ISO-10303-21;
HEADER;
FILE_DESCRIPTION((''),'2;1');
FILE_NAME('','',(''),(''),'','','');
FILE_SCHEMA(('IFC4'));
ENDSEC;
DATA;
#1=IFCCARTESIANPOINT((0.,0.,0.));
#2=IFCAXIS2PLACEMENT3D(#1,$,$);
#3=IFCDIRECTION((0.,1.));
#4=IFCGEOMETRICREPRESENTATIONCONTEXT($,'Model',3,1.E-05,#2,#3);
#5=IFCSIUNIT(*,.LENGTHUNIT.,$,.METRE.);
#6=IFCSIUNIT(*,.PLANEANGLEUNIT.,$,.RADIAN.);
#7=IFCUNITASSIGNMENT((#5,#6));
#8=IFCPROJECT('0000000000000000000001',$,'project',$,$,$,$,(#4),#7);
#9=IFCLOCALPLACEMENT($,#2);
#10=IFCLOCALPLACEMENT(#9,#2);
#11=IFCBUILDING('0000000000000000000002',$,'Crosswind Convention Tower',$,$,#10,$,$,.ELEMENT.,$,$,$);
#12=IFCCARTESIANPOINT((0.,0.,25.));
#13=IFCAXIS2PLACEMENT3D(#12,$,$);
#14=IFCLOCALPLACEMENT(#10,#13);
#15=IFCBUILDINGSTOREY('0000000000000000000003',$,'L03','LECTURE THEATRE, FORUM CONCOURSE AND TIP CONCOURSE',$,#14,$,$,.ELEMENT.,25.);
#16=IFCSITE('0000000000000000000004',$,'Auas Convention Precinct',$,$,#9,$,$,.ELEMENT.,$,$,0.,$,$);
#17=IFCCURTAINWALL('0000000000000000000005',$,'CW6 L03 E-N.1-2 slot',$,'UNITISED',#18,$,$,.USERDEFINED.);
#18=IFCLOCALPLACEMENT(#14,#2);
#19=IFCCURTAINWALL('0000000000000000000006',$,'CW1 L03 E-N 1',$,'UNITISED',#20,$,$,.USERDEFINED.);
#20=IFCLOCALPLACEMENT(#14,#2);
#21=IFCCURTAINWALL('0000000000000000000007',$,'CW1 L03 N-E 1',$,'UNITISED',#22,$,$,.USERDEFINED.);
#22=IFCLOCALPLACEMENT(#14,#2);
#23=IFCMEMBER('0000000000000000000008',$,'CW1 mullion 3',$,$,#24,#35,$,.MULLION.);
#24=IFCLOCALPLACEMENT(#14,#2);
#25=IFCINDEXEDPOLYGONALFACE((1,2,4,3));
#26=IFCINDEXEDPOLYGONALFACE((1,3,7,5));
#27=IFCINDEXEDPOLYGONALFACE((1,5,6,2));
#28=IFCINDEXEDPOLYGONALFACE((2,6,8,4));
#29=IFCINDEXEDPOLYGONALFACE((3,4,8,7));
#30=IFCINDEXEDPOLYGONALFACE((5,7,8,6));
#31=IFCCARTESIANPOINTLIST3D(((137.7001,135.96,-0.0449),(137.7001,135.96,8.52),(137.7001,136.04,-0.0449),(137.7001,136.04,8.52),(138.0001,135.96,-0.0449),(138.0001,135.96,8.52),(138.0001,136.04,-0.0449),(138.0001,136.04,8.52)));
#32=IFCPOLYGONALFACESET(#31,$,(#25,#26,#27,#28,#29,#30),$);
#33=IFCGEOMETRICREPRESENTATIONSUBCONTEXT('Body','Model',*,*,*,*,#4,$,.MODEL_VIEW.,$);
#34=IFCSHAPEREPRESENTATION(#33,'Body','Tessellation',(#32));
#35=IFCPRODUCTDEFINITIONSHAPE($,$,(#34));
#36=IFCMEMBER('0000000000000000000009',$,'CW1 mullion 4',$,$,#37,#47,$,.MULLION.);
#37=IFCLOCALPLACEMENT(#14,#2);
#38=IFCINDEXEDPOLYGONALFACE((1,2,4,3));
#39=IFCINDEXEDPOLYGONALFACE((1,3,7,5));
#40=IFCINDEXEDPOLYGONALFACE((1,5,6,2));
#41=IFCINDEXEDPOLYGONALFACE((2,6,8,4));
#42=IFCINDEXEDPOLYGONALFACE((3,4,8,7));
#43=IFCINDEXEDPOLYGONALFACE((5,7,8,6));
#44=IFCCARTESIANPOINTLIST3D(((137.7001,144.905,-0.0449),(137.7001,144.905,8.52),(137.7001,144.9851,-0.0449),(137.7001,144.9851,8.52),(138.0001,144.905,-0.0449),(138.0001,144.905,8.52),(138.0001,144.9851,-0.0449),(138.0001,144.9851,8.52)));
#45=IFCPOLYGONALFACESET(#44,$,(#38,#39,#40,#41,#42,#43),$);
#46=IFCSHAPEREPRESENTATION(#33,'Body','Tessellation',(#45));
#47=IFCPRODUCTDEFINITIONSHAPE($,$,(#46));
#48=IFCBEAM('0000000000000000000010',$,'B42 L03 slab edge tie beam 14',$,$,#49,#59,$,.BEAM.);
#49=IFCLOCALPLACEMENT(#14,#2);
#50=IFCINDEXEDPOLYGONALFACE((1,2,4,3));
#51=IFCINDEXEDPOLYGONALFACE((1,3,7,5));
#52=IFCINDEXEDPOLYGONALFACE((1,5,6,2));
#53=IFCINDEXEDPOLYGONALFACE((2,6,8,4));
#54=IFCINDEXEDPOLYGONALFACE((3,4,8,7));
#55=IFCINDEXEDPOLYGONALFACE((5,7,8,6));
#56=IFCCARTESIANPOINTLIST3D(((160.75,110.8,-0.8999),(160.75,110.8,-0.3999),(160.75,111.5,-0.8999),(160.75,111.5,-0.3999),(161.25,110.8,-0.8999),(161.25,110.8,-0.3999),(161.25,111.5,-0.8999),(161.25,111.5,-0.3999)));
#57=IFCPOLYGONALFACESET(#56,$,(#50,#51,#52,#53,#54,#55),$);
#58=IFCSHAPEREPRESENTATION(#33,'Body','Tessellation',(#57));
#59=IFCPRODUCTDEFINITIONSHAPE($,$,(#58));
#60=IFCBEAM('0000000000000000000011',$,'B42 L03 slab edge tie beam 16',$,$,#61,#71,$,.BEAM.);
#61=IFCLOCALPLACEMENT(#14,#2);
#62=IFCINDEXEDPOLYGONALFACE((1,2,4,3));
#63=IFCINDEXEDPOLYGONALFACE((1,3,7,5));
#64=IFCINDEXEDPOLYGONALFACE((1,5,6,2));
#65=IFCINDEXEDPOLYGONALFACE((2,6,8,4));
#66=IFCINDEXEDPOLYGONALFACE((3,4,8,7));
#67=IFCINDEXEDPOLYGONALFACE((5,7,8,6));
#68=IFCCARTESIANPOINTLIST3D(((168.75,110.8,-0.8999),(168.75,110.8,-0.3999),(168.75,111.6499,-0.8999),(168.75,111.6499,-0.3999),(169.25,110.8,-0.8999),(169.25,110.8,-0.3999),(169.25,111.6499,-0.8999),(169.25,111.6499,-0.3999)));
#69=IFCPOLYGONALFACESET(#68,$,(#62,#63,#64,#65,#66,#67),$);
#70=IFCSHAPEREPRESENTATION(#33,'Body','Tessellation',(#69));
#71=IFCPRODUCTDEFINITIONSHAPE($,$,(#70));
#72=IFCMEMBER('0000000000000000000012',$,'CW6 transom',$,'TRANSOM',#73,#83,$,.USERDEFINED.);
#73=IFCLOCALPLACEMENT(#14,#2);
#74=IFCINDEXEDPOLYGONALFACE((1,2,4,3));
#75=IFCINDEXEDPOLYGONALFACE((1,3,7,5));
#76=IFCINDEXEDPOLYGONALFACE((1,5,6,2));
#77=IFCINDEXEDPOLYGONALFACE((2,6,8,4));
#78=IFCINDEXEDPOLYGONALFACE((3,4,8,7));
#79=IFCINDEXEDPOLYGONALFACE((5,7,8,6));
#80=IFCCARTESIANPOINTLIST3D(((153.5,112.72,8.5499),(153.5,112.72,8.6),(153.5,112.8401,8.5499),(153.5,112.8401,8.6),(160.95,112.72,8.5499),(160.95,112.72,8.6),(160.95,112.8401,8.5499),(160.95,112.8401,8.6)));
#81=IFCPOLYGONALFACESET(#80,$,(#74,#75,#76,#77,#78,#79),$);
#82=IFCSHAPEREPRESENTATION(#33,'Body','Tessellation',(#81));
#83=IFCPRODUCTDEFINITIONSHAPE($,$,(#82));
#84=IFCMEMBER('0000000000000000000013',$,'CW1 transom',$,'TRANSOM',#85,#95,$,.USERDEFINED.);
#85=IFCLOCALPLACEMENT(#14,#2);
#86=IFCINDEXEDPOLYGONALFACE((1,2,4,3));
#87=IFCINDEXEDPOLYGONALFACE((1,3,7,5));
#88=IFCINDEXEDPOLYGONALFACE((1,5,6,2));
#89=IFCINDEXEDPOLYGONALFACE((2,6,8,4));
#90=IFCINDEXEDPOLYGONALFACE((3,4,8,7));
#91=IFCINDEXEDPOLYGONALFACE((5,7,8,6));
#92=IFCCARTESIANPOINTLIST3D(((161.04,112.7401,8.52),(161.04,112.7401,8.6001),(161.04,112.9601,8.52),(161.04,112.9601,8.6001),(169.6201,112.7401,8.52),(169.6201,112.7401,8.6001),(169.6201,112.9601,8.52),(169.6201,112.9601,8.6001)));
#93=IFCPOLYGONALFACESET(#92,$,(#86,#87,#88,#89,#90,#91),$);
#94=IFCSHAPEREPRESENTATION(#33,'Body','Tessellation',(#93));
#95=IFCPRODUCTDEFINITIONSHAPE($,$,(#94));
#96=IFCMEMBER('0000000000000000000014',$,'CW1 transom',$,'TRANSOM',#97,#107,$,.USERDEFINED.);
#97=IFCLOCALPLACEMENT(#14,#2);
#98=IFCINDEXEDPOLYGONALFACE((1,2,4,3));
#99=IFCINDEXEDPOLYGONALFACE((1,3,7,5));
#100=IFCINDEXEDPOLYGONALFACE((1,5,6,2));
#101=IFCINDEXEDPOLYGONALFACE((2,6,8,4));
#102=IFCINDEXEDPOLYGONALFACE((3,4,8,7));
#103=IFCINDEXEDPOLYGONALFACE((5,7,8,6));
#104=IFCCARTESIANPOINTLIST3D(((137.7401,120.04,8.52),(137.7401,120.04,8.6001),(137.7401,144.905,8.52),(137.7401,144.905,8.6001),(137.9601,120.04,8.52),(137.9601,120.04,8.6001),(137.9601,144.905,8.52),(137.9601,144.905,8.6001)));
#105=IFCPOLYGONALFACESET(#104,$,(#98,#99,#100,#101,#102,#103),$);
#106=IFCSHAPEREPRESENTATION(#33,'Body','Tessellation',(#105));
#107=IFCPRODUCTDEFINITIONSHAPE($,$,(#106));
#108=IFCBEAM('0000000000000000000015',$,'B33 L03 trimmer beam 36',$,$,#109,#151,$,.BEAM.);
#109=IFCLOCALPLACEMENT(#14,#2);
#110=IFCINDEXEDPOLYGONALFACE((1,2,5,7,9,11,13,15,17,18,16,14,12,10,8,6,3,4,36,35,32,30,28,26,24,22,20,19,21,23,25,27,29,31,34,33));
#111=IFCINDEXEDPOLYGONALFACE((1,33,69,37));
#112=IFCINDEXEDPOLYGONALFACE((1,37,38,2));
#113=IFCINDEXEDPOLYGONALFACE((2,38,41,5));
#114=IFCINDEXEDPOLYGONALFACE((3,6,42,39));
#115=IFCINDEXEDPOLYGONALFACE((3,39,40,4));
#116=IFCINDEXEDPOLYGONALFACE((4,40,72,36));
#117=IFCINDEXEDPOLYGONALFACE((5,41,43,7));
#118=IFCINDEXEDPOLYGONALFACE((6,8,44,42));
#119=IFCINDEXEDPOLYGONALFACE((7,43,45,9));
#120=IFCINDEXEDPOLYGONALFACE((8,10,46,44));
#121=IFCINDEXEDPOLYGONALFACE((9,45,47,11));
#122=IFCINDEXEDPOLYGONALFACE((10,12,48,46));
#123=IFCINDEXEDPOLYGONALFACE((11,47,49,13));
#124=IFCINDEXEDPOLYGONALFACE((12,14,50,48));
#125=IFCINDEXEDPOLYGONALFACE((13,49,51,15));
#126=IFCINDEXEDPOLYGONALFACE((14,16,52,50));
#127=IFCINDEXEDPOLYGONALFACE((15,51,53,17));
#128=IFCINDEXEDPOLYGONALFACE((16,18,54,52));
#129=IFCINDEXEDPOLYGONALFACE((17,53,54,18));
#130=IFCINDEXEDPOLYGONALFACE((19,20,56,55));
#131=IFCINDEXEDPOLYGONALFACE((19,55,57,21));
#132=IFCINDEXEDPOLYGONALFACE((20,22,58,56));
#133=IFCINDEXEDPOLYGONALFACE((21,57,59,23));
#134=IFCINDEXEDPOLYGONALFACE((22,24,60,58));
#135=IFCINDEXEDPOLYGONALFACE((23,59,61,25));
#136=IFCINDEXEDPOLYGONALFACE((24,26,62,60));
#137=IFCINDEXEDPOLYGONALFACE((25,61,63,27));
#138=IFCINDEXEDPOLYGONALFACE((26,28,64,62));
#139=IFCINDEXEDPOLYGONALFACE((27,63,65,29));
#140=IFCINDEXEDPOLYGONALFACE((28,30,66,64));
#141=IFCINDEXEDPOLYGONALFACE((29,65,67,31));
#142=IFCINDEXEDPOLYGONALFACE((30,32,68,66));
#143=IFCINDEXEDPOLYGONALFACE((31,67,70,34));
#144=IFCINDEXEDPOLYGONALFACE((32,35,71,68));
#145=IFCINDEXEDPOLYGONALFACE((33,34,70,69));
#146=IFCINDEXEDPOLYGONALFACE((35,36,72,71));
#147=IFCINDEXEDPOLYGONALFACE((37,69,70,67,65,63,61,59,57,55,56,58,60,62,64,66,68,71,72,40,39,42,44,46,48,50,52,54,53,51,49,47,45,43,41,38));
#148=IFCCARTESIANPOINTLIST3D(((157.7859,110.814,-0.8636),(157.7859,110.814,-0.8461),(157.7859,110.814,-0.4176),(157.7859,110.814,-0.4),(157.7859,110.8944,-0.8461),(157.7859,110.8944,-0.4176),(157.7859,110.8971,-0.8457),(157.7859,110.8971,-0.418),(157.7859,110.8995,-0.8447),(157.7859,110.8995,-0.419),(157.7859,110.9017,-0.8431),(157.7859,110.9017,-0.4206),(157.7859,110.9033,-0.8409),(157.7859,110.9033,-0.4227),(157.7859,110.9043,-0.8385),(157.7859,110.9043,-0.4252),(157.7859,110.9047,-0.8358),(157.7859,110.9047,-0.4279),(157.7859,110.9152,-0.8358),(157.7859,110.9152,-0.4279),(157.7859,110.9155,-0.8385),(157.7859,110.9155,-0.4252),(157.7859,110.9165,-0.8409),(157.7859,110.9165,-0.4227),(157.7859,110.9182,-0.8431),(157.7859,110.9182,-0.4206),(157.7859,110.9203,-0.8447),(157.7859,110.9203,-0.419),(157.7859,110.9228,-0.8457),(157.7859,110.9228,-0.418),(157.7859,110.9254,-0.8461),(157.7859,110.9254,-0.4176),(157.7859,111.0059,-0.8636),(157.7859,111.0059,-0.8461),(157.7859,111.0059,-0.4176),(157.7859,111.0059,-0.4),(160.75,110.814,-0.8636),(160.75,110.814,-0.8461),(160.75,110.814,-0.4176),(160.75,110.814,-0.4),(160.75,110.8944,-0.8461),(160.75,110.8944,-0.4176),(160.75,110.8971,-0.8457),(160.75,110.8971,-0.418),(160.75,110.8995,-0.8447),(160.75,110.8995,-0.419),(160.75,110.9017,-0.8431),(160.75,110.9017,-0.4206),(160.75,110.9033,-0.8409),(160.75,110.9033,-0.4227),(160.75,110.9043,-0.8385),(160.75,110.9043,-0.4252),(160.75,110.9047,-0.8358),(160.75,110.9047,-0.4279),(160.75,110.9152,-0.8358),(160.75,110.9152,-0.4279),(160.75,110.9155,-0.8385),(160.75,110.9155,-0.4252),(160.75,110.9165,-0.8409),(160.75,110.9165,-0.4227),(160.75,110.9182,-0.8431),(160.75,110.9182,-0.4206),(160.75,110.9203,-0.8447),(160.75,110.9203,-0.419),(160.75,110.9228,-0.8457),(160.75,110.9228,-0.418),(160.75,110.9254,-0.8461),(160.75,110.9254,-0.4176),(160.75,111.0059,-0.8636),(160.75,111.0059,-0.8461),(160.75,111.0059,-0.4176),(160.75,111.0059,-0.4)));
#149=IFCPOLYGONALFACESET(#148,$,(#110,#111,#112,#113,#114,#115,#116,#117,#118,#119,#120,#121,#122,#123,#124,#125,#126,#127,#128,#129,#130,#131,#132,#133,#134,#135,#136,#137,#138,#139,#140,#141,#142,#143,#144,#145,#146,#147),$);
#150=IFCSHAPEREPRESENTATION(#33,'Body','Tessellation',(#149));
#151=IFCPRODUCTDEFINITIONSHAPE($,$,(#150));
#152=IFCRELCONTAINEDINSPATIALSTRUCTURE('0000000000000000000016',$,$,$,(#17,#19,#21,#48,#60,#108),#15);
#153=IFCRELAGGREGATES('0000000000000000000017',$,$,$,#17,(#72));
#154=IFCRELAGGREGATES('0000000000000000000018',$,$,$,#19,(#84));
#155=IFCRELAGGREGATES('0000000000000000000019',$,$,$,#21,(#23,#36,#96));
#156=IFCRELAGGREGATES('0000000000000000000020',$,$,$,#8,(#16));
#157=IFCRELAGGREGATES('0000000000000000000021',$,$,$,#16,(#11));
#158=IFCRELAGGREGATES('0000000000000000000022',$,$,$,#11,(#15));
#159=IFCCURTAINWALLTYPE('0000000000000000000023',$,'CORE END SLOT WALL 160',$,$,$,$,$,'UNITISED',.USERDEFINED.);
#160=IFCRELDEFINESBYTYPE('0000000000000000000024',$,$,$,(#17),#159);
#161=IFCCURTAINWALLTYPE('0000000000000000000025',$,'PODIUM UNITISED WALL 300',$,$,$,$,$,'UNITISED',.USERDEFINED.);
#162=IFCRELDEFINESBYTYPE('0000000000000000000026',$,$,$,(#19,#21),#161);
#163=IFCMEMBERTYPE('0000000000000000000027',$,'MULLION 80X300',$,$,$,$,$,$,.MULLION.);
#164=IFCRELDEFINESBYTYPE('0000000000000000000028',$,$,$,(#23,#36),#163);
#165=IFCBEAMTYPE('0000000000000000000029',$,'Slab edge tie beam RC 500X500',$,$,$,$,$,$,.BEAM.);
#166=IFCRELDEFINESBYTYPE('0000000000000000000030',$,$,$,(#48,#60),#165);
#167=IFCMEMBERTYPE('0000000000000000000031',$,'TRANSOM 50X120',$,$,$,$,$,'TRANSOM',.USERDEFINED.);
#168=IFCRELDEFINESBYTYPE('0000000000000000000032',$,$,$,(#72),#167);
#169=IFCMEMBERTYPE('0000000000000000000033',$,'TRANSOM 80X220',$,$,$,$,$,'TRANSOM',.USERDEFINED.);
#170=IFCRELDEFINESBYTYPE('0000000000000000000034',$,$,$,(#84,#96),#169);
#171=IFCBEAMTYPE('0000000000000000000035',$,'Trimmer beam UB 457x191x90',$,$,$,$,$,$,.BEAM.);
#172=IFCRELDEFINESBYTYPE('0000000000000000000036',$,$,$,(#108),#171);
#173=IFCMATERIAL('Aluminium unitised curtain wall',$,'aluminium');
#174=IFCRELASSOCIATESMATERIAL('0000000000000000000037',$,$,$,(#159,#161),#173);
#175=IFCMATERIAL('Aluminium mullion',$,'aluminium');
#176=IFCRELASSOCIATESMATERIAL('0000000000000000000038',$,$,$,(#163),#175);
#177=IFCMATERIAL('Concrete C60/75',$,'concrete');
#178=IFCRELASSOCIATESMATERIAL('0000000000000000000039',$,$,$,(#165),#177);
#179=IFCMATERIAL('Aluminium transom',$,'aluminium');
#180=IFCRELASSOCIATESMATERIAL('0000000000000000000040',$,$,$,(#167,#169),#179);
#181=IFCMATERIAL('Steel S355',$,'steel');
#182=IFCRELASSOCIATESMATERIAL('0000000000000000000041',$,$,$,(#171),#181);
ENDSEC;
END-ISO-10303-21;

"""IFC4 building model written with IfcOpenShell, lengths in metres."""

from ifc_helpers import new_model, si_unit, direction, frame, origin, origin_2d, place, context, subcontext, project, spatial, rectangle, i_section, extrude, material, material_profile, profile_set, type_object, element, aggregate, save


model = new_model("IFC4")

# Units and contexts
model_context = context("Model", 3, precision=1e-05, world=origin(), true_north=direction((0.0, 1.0)))
body_context = subcontext(model_context, "Body", "Model", "MODEL_VIEW")
ifc_project = project(units=[si_unit("LENGTHUNIT", "METRE"), si_unit("PLANEANGLEUNIT", "RADIAN")], contexts=[model_context])

# Site, building, storey
site_placement = place(None, origin())
site = spatial("IfcSite", under=ifc_project, at=site_placement, Name="Auas Convention Precinct", CompositionType="ELEMENT", RefElevation=0.0)
building_placement = place(site_placement, origin())
building = spatial("IfcBuilding", under=site, at=building_placement, Name="Crosswind Convention Tower", CompositionType="ELEMENT")
storey_placement = place(building_placement, frame((0.0, 0.0, 25.0)))
storey = spatial("IfcBuildingStorey", under=building, at=storey_placement, Name="L03", Description="LECTURE THEATRE, FORUM CONCOURSE AND TIP CONCOURSE", CompositionType="ELEMENT", Elevation=25.0)

# Shared definitions
ifc_material_1 = material(Name="Concrete C60/75", Category="concrete")

# Shared definitions
ifc_material_2 = material(Name="Steel S355", Category="steel")

# Curtain walls, members
ifc_material_3 = material(Name="Aluminium unitised curtain wall", Category="aluminium")
curtain_wall_type_1 = type_object("IfcCurtainWallType", Name="CORE END SLOT WALL 160", ElementType="UNITISED", PredefinedType="USERDEFINED", material=ifc_material_3)
curtain_wall_1_placement = place(storey_placement, origin())
curtain_wall_1 = element("IfcCurtainWall", 1, at=curtain_wall_1_placement, inside=storey, type_object=curtain_wall_type_1, Name="CW6 L03 E-N.1-2 slot", ObjectType="UNITISED", PredefinedType="USERDEFINED")
ifc_material_4 = material(Name="Aluminium mullion", Category="aluminium")
curtain_wall_type_2 = type_object("IfcCurtainWallType", Name="PODIUM UNITISED WALL 300", ElementType="UNITISED", PredefinedType="USERDEFINED", material=ifc_material_3)
curtain_wall_2_placement = place(storey_placement, origin())
curtain_wall_2 = element("IfcCurtainWall", 2, at=curtain_wall_2_placement, inside=storey, type_object=curtain_wall_type_2, Name="CW1 L03 E-N 1", ObjectType="UNITISED", PredefinedType="USERDEFINED")
ifc_material_profile_1 = material_profile(ifc_material_4, rectangle(XDim=0.3, YDim=0.0801, at=origin_2d()), Name="AL 300X80")
ifc_profile_set_1 = profile_set([ifc_material_profile_1], Name="Aluminium mullion")
member_type_1 = type_object("IfcMemberType", Name="MULLION 80X300", PredefinedType="MULLION", material=ifc_profile_set_1)
curtain_wall_3_placement = place(storey_placement, origin())
curtain_wall_3 = element("IfcCurtainWall", 3, at=curtain_wall_3_placement, inside=storey, type_object=curtain_wall_type_2, Name="CW1 L03 N-E 1", ObjectType="UNITISED", PredefinedType="USERDEFINED")
member_1_placement = place(storey_placement, frame((137.8501, 136.0, -0.0449), z_axis=(0.0, 0.0, 1.0), x_axis=(1.0, 0.0, 0.0)))
member_1 = element("IfcMember", 4, at=member_1_placement, type_object=member_type_1, Name="CW1 mullion 3", PredefinedType="MULLION", context=body_context, shape_type="SweptSolid", body=[
    extrude(rectangle(XDim=0.3, YDim=0.0801, at=origin_2d()), origin(), (0.0, 0.0, 1.0), 8.5649),
])
member_2_placement = place(storey_placement, frame((137.8501, 144.9451, -0.0449), z_axis=(0.0, 0.0, 1.0), x_axis=(1.0, 0.0, 0.0)))
member_2 = element("IfcMember", 5, at=member_2_placement, type_object=member_type_1, Name="CW1 mullion 4", PredefinedType="MULLION", context=body_context, shape_type="SweptSolid", body=[
    extrude(rectangle(XDim=0.3, YDim=0.0801, at=origin_2d()), origin(), (0.0, 0.0, 1.0), 8.5649),
])

# Beams
ifc_material_profile_2 = material_profile(ifc_material_1, rectangle(XDim=0.5, YDim=0.5, at=origin_2d()), Name="RC 500X500")
ifc_profile_set_2 = profile_set([ifc_material_profile_2], Name="Concrete C60/75")
beam_type_1 = type_object("IfcBeamType", Name="Slab edge tie beam RC 500X500", PredefinedType="BEAM", material=ifc_profile_set_2)
beam_1_placement = place(storey_placement, frame((161.0, 110.8, -0.6499), z_axis=(0.0, 1.0, 0.0), x_axis=(-1.0, 0.0, 0.0)))
element("IfcBeam", 6, at=beam_1_placement, inside=storey, type_object=beam_type_1, Name="B42 L03 slab edge tie beam 14", PredefinedType="BEAM", context=body_context, shape_type="SweptSolid", body=[
    extrude(rectangle(XDim=0.5, YDim=0.5, at=origin_2d()), origin(), (0.0, 0.0, 1.0), 0.7),
])
beam_2_placement = place(storey_placement, frame((169.0, 110.8, -0.6499), z_axis=(0.0, 1.0, 0.0), x_axis=(-1.0, 0.0, 0.0)))
element("IfcBeam", 7, at=beam_2_placement, inside=storey, type_object=beam_type_1, Name="B42 L03 slab edge tie beam 16", PredefinedType="BEAM", context=body_context, shape_type="SweptSolid", body=[
    extrude(rectangle(XDim=0.5, YDim=0.5, at=origin_2d()), origin(), (0.0, 0.0, 1.0), 0.8499),
])

# Members
ifc_material_5 = material(Name="Aluminium transom", Category="aluminium")
ifc_material_profile_3 = material_profile(ifc_material_5, rectangle(XDim=0.1201, YDim=0.05, at=origin_2d()), Name="AL 120X50")
ifc_profile_set_3 = profile_set([ifc_material_profile_3], Name="Aluminium transom")
member_type_2 = type_object("IfcMemberType", Name="TRANSOM 50X120", ElementType="TRANSOM", PredefinedType="USERDEFINED", material=ifc_profile_set_3)
member_3_placement = place(storey_placement, frame((160.95, 112.78, 8.575), z_axis=(-1.0, 0.0, 0.0), x_axis=(0.0, -1.0, 0.0)))
member_3 = element("IfcMember", 8, at=member_3_placement, type_object=member_type_2, Name="CW6 transom", ObjectType="TRANSOM", PredefinedType="USERDEFINED", context=body_context, shape_type="SweptSolid", body=[
    extrude(rectangle(XDim=0.1201, YDim=0.05, at=origin_2d()), origin(), (0.0, 0.0, 1.0), 7.45),
])
ifc_material_profile_4 = material_profile(ifc_material_5, rectangle(XDim=0.22, YDim=0.0801, at=origin_2d()), Name="AL 220X80")
ifc_profile_set_4 = profile_set([ifc_material_profile_4], Name="Aluminium transom")
member_type_3 = type_object("IfcMemberType", Name="TRANSOM 80X220", ElementType="TRANSOM", PredefinedType="USERDEFINED", material=ifc_profile_set_4)
member_4_placement = place(storey_placement, frame((169.6201, 112.8501, 8.5601), z_axis=(-1.0, 0.0, 0.0), x_axis=(0.0, -1.0, 0.0)))
member_4 = element("IfcMember", 9, at=member_4_placement, type_object=member_type_3, Name="CW1 transom", ObjectType="TRANSOM", PredefinedType="USERDEFINED", context=body_context, shape_type="SweptSolid", body=[
    extrude(rectangle(XDim=0.22, YDim=0.0801, at=origin_2d()), origin(), (0.0, 0.0, 1.0), 8.5801),
])
member_5_placement = place(storey_placement, frame((137.8501, 120.04, 8.5601), z_axis=(0.0, 1.0, 0.0), x_axis=(-1.0, 0.0, 0.0)))
member_5 = element("IfcMember", 10, at=member_5_placement, type_object=member_type_3, Name="CW1 transom", ObjectType="TRANSOM", PredefinedType="USERDEFINED", context=body_context, shape_type="SweptSolid", body=[
    extrude(rectangle(XDim=0.22, YDim=0.0801, at=origin_2d()), origin(), (0.0, 0.0, 1.0), 24.865),
])

# Beam
ifc_material_profile_5 = material_profile(ifc_material_2, i_section(OverallWidth=0.1919, OverallDepth=0.4636, WebThickness=0.0105, FlangeThickness=0.0176, FilletRadius=0.0103, at=origin_2d()), Name="UB 457x191x90")
ifc_profile_set_5 = profile_set([ifc_material_profile_5], Name="Steel S355")
beam_type_2 = type_object("IfcBeamType", Name="Trimmer beam UB 457x191x90", PredefinedType="BEAM", material=ifc_profile_set_5)
beam_3_placement = place(storey_placement, frame((157.7859, 110.9099, -0.6318), z_axis=(1.0, 0.0, 0.0), x_axis=(0.0, 1.0, 0.0)))
element("IfcBeam", 11, at=beam_3_placement, inside=storey, type_object=beam_type_2, Name="B33 L03 trimmer beam 36", PredefinedType="BEAM", context=body_context, shape_type="SweptSolid", body=[
    extrude(i_section(OverallWidth=0.1919, OverallDepth=0.4636, WebThickness=0.0105, FlangeThickness=0.0176, FilletRadius=0.0103, at=origin_2d()), origin(), (0.0, 0.0, 1.0), 2.9641),
])

aggregate(curtain_wall_1, [member_3])

aggregate(curtain_wall_2, [member_4])
aggregate(curtain_wall_3, [member_1, member_2, member_5])

save(model, "model.ifc")
